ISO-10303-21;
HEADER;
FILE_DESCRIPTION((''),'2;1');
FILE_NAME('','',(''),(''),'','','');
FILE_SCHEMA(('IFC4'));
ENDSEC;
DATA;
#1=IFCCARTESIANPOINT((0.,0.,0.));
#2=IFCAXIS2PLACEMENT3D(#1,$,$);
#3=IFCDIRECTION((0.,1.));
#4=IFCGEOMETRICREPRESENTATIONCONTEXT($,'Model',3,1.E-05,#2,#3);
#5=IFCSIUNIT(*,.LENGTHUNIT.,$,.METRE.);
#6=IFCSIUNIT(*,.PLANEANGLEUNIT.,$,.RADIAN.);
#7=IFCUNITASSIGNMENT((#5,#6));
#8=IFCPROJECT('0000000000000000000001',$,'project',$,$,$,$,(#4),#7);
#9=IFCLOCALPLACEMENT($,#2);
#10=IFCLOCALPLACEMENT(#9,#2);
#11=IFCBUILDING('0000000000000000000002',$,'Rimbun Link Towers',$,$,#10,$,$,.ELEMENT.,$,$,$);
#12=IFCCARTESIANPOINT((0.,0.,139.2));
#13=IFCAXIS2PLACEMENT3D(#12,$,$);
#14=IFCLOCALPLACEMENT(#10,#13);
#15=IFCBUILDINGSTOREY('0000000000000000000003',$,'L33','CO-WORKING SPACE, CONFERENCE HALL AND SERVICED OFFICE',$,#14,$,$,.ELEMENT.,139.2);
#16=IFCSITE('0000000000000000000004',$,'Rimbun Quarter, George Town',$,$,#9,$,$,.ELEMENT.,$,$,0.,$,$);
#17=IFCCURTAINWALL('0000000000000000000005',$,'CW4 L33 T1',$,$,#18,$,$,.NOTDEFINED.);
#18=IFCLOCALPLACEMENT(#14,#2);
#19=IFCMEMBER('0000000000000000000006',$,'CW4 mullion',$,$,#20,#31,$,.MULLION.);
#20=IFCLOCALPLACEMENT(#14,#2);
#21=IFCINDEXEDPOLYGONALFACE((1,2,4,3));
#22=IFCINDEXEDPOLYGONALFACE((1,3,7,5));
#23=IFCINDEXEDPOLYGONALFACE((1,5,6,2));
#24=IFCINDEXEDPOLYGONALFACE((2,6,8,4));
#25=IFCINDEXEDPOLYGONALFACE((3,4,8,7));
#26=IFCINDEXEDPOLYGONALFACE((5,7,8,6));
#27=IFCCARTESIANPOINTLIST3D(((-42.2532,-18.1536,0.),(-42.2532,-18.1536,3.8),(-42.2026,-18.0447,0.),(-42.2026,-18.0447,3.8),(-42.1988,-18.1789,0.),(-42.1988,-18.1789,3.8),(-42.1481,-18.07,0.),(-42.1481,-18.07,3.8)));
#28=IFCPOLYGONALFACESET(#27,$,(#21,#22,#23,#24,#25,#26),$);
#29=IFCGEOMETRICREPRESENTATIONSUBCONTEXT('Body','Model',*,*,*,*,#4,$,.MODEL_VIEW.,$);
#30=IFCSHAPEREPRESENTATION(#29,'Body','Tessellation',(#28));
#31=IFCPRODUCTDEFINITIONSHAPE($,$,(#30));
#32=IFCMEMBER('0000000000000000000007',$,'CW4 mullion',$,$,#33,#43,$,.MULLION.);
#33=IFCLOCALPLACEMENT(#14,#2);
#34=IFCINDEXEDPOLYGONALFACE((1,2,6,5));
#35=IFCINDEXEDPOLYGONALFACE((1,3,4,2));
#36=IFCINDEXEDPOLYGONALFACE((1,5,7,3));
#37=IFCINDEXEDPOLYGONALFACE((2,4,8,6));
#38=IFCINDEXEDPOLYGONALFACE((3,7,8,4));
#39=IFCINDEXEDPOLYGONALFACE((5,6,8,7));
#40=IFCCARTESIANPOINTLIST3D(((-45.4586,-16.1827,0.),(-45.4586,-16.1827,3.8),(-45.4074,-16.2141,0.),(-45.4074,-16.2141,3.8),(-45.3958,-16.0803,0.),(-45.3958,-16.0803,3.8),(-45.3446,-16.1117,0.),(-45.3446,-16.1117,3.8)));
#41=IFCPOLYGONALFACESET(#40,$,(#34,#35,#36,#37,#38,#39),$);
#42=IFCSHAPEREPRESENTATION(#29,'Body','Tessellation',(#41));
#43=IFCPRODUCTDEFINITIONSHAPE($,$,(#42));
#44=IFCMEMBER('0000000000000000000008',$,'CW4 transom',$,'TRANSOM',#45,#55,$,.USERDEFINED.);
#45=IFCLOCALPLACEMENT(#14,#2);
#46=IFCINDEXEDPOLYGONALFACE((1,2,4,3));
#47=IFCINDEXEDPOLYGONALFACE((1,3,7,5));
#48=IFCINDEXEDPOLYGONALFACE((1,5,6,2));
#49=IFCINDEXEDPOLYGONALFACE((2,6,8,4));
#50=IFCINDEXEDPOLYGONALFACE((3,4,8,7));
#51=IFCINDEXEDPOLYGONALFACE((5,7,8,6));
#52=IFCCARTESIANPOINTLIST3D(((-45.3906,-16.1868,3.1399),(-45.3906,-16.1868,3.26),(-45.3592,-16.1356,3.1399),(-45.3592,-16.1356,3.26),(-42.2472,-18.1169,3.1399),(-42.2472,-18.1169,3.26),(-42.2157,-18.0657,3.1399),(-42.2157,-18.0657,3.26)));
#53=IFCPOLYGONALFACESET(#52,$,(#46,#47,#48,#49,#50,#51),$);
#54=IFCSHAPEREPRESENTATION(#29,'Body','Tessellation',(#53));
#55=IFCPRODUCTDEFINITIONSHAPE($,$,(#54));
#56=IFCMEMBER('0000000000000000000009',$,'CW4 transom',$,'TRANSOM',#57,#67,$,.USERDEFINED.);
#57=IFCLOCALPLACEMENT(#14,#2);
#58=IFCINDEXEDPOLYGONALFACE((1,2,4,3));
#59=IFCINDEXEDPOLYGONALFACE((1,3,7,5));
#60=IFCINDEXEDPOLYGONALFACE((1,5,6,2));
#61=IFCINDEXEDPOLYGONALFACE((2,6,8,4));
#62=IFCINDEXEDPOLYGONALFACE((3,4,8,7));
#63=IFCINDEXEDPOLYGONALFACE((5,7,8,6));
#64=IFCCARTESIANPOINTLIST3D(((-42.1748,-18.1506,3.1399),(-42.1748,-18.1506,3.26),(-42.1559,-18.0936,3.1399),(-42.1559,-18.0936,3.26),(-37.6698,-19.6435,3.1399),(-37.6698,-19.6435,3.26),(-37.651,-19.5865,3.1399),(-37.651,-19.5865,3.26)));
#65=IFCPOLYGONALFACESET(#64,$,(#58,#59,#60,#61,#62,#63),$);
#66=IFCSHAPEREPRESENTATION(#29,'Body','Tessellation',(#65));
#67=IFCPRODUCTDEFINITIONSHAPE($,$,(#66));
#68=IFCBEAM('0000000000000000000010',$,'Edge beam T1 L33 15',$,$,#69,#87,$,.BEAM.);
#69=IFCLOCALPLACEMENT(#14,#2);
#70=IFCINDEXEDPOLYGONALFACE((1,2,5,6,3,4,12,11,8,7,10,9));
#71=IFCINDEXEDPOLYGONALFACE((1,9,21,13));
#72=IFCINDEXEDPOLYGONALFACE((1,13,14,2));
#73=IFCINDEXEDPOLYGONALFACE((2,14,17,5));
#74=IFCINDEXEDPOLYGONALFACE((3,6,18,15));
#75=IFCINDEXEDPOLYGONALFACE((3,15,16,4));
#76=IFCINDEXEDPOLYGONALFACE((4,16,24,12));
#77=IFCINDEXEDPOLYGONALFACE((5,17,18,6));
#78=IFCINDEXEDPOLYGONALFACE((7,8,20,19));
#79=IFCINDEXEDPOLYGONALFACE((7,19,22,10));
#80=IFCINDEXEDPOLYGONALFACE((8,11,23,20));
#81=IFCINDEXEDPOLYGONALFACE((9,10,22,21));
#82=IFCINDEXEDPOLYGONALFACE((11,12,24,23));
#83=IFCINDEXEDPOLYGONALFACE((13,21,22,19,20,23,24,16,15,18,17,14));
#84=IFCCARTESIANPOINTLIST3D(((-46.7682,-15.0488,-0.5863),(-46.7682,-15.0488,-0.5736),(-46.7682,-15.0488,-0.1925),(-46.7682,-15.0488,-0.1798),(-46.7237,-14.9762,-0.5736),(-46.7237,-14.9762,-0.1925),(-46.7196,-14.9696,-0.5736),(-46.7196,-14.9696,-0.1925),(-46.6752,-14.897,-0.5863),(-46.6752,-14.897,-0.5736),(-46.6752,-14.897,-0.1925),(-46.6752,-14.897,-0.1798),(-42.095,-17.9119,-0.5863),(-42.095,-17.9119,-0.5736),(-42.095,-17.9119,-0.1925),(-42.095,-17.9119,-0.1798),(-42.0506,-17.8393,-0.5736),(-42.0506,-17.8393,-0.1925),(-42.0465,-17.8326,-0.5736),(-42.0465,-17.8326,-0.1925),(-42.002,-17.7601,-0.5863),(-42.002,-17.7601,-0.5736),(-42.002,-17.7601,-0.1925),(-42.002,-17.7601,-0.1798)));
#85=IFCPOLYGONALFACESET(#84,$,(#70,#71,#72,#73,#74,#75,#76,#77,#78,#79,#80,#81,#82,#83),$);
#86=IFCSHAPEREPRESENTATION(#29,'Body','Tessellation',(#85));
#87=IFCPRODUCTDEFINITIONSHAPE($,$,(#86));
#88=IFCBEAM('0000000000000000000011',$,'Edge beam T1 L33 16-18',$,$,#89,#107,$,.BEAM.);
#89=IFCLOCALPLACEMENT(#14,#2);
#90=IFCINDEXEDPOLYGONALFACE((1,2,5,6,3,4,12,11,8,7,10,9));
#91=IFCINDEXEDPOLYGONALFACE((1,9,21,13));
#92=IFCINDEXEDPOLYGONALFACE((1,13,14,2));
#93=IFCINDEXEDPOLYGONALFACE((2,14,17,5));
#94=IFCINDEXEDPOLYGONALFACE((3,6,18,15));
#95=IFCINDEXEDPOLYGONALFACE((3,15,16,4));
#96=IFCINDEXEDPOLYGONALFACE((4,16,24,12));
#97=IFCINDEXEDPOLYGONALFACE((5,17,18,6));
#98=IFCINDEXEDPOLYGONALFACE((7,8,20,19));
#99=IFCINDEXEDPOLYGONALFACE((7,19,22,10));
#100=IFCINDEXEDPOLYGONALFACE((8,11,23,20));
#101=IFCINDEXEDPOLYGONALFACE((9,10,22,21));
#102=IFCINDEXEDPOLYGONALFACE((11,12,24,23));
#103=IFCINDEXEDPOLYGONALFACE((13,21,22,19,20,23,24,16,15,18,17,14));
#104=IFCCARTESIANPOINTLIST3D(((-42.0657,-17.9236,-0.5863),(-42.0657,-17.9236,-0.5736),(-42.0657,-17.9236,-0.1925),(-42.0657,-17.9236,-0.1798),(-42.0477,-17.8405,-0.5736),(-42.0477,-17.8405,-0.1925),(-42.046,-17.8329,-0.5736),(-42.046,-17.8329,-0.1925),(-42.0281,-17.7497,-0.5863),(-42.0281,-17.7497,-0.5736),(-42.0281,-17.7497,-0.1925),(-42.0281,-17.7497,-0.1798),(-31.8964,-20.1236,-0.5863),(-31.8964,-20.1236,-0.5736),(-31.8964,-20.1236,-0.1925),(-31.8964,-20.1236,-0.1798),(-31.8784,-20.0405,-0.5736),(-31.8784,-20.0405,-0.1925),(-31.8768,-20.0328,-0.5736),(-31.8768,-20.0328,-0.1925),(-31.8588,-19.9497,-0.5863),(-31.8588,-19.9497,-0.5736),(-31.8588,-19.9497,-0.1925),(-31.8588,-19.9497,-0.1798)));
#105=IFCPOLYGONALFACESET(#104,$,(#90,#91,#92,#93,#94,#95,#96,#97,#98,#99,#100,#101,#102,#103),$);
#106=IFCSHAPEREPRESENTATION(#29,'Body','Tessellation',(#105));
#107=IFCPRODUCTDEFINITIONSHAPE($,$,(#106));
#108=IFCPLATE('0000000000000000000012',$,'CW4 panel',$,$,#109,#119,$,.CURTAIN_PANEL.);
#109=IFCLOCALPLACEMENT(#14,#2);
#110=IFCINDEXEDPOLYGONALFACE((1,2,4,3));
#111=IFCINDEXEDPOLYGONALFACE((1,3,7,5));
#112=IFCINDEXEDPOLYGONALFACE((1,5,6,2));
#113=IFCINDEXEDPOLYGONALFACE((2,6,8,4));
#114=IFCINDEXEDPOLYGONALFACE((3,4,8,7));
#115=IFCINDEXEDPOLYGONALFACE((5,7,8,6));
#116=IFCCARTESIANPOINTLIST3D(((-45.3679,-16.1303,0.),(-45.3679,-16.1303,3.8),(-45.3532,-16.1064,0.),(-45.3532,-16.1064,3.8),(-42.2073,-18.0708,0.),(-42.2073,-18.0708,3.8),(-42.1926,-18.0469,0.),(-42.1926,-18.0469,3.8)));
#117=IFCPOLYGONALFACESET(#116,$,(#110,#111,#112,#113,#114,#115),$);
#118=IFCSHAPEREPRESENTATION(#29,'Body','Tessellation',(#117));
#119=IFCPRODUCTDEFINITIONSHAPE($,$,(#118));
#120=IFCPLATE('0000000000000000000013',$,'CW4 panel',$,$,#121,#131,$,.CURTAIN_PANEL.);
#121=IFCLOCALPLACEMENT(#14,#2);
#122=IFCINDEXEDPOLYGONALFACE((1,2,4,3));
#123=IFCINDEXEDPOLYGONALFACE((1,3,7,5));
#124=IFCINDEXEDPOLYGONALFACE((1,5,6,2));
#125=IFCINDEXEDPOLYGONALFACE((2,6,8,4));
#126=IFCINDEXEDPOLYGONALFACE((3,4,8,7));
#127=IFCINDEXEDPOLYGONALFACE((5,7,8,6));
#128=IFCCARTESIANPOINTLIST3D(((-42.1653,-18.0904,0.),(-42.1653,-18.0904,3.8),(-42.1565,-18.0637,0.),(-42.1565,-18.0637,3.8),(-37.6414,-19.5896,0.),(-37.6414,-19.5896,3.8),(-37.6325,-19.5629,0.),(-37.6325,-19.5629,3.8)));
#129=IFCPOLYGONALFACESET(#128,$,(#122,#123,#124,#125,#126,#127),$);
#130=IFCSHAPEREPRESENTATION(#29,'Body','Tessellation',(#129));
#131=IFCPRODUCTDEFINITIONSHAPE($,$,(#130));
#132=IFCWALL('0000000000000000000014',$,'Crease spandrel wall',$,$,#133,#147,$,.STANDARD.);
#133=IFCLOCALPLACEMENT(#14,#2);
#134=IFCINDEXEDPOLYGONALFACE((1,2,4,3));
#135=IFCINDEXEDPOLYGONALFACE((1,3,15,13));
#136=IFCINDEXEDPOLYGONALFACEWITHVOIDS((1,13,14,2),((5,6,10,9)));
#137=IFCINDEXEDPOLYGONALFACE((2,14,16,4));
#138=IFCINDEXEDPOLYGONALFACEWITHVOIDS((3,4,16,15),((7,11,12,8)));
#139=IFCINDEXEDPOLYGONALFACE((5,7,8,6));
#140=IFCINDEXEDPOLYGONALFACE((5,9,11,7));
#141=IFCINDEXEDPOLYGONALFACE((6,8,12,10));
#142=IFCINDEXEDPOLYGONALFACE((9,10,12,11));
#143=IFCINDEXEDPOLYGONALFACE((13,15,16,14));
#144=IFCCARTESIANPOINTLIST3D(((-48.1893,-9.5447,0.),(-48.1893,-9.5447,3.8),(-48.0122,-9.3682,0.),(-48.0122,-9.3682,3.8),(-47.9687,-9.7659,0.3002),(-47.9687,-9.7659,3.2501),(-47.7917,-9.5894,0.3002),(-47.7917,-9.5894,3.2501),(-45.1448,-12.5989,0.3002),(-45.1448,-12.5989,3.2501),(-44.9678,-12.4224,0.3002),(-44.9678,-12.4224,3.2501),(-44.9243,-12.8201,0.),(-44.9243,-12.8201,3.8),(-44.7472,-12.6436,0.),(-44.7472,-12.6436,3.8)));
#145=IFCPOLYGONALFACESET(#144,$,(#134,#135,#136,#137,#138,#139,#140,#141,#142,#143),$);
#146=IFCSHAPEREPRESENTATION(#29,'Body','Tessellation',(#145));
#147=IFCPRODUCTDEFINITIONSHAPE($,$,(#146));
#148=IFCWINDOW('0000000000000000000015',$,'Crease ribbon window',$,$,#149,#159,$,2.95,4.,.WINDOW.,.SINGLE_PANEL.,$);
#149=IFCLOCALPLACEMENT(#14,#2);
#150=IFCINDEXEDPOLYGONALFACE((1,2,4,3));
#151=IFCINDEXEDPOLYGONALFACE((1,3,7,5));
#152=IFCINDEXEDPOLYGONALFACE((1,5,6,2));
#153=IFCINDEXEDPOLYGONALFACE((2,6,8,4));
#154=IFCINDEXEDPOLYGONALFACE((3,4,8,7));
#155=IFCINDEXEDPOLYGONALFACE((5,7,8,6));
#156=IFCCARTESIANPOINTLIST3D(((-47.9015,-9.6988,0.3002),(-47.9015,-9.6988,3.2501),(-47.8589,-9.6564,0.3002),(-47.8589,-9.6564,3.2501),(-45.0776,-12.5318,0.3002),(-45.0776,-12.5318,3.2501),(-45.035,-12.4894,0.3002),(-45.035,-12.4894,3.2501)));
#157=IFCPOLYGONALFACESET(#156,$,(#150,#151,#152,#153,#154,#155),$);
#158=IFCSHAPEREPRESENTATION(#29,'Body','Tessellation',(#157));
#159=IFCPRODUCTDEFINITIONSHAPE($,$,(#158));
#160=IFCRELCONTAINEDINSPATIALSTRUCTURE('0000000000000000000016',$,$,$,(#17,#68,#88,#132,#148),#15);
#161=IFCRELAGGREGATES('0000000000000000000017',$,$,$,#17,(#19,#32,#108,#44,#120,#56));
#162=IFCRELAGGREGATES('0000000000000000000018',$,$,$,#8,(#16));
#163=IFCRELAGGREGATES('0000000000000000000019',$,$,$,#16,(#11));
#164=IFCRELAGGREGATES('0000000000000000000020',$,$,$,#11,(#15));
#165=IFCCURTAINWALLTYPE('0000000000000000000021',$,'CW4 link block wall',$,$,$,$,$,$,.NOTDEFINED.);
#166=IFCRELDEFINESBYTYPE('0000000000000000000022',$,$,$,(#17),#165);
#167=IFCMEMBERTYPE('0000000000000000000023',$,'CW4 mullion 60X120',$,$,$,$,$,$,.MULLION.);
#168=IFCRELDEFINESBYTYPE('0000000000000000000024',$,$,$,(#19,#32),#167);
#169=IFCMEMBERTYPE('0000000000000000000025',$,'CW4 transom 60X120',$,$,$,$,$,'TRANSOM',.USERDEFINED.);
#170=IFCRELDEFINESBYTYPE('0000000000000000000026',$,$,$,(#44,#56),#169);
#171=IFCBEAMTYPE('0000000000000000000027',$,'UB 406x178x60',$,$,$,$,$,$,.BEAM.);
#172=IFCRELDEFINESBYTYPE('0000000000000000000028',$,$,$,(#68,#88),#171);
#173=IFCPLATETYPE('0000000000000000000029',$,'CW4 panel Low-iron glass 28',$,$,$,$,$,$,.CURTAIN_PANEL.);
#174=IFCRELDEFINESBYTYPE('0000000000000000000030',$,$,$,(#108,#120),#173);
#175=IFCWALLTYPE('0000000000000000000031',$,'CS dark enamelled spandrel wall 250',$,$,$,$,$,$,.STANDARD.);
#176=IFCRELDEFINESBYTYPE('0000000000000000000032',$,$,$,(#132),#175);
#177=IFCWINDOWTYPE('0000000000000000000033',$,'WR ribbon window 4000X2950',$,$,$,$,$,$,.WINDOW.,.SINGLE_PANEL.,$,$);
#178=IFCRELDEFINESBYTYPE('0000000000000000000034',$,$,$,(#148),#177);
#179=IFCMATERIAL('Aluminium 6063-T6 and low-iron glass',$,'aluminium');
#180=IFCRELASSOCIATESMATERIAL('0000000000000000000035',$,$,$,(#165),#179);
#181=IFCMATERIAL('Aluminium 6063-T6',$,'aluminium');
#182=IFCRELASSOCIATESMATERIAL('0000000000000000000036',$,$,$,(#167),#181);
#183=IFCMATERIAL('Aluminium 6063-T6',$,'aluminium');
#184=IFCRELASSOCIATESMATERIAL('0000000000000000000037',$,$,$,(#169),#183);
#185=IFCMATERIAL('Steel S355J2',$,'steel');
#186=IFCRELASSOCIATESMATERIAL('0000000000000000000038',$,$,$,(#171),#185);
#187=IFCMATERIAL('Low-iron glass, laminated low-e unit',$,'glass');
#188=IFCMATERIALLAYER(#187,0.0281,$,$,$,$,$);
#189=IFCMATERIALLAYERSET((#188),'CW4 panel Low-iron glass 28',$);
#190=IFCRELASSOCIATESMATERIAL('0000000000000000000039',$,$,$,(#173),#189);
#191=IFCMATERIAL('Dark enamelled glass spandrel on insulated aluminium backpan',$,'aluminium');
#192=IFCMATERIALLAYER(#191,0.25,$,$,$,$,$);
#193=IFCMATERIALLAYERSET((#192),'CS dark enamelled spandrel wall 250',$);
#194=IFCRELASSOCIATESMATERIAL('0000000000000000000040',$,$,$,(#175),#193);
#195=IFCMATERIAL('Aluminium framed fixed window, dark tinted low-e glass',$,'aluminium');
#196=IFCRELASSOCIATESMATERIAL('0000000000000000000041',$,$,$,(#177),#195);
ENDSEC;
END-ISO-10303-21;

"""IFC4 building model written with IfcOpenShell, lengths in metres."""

from ifc_helpers import new_model, si_unit, direction, frame, frame_2d, origin, origin_2d, place, context, subcontext, project, spatial, rectangle, i_section, extrude, material, layer, layer_set, material_profile, profile_set, type_object, element, fill, aggregate, save


model = new_model("IFC4")

# Units and contexts
model_context = context("Model", 3, precision=1e-05, world=origin(), true_north=direction((0.0, 1.0)))
body_context = subcontext(model_context, "Body", "Model", "MODEL_VIEW")
ifc_project = project(units=[si_unit("LENGTHUNIT", "METRE"), si_unit("PLANEANGLEUNIT", "RADIAN")], contexts=[model_context])

# Site, building, storey
site_placement = place(None, origin())
site = spatial("IfcSite", under=ifc_project, at=site_placement, Name="Rimbun Quarter, George Town", CompositionType="ELEMENT", RefElevation=0.0)
building_placement = place(site_placement, origin())
building = spatial("IfcBuilding", under=site, at=building_placement, Name="Rimbun Link Towers", CompositionType="ELEMENT")
storey_placement = place(building_placement, frame((0.0, 0.0, 139.2)))
storey = spatial("IfcBuildingStorey", under=building, at=storey_placement, Name="L33", Description="CO-WORKING SPACE, CONFERENCE HALL AND SERVICED OFFICE", CompositionType="ELEMENT", Elevation=139.2)

# Curtain wall, members
ifc_material_1 = material(Name="Aluminium 6063-T6 and low-iron glass", Category="aluminium")
curtain_wall_type = type_object("IfcCurtainWallType", Name="CW4 link block wall", PredefinedType="NOTDEFINED", material=ifc_material_1)
curtain_wall_placement = place(storey_placement, origin())
curtain_wall = element("IfcCurtainWall", 1, at=curtain_wall_placement, inside=storey, type_object=curtain_wall_type, Name="CW4 L33 T1", PredefinedType="NOTDEFINED")
ifc_material_2 = material(Name="Aluminium 6063-T6", Category="aluminium")
ifc_material_profile_1 = material_profile(ifc_material_2, rectangle(XDim=0.1201, YDim=0.0601, at=origin_2d()), Name="MULLION 60X120")
ifc_profile_set_1 = profile_set([ifc_material_profile_1], Name="Aluminium 6063-T6")
member_type_1 = type_object("IfcMemberType", Name="CW4 mullion 60X120", PredefinedType="MULLION", material=ifc_profile_set_1)
member_1_placement = place(storey_placement, frame((-42.2007, -18.1118, 0.0), z_axis=(0.0, 0.0, 1.0), x_axis=(-0.421697, -0.906737, 0.0)))
member_1 = element("IfcMember", 2, at=member_1_placement, type_object=member_type_1, Name="CW4 mullion", PredefinedType="MULLION", context=body_context, shape_type="SweptSolid", body=[
    extrude(rectangle(XDim=0.1201, YDim=0.0601, at=origin_2d()), origin(), (0.0, 0.0, 1.0), 3.8),
])
member_2_placement = place(storey_placement, frame((-45.4016, -16.1472, 0.0), z_axis=(0.0, 0.0, 1.0), x_axis=(-0.523225, -0.852194, 0.0)))
member_2 = element("IfcMember", 3, at=member_2_placement, type_object=member_type_1, Name="CW4 mullion", PredefinedType="MULLION", context=body_context, shape_type="SweptSolid", body=[
    extrude(rectangle(XDim=0.1201, YDim=0.0601, at=origin_2d()), origin(), (0.0, 0.0, 1.0), 3.8),
])
ifc_material_3 = material(Name="Aluminium 6063-T6", Category="aluminium")
ifc_material_profile_2 = material_profile(ifc_material_3, rectangle(XDim=0.0601, YDim=0.1201, at=origin_2d()), Name="TRANSOM 60X120")
ifc_profile_set_2 = profile_set([ifc_material_profile_2], Name="Aluminium 6063-T6")
member_type_2 = type_object("IfcMemberType", Name="CW4 transom 60X120", ElementType="TRANSOM", PredefinedType="USERDEFINED", material=ifc_profile_set_2)
member_3_placement = place(storey_placement, frame((-42.2314, -18.0913, 3.2), z_axis=(-0.852181, 0.523248, 0.0), x_axis=(-0.523248, -0.852181, 0.0)))
member_3 = element("IfcMember", 4, at=member_3_placement, type_object=member_type_2, Name="CW4 transom", ObjectType="TRANSOM", PredefinedType="USERDEFINED", context=body_context, shape_type="SweptSolid", body=[
    extrude(rectangle(XDim=0.0601, YDim=0.1201, at=origin_2d()), origin(), (0.0, 0.0, 1.0), 3.6887),
])
member_4_placement = place(storey_placement, frame((-37.6604, -19.615, 3.2), z_axis=(-0.949232, 0.314576, 0.0), x_axis=(-0.314576, -0.949232, 0.0)))
member_4 = element("IfcMember", 5, at=member_4_placement, type_object=member_type_2, Name="CW4 transom", ObjectType="TRANSOM", PredefinedType="USERDEFINED", context=body_context, shape_type="SweptSolid", body=[
    extrude(rectangle(XDim=0.0601, YDim=0.1201, at=origin_2d()), origin(), (0.0, 0.0, 1.0), 4.7458),
])

# Beams
ifc_material_4 = material(Name="Steel S355J2", Category="steel")
ifc_material_profile_3 = material_profile(ifc_material_4, i_section(OverallWidth=0.178, OverallDepth=0.4065, WebThickness=0.0078, FlangeThickness=0.0127, at=origin_2d()), Name="UB 406x178x60")
ifc_profile_set_3 = profile_set([ifc_material_profile_3], Name="Steel S355J2")
beam_type = type_object("IfcBeamType", Name="UB 406x178x60", PredefinedType="BEAM", material=ifc_profile_set_3)
beam_1_placement = place(storey_placement, frame((-46.7217, -14.9729, -0.3831), z_axis=(0.852692, -0.522414, 0.0), x_axis=(0.522414, 0.852692, 0.0)))
element("IfcBeam", 6, at=beam_1_placement, inside=storey, type_object=beam_type, Name="Edge beam T1 L33 15", PredefinedType="BEAM", context=body_context, shape_type="SweptSolid", body=[
    extrude(i_section(OverallWidth=0.178, OverallDepth=0.4065, WebThickness=0.0078, FlangeThickness=0.0127, at=origin_2d()), origin(), (0.0, 0.0, 1.0), 5.4805),
])
beam_2_placement = place(storey_placement, frame((-42.0469, -17.8367, -0.3831), z_axis=(0.97739, -0.211444, 0.0), x_axis=(0.211444, 0.97739, 0.0)))
element("IfcBeam", 7, at=beam_2_placement, inside=storey, type_object=beam_type, Name="Edge beam T1 L33 16-18", PredefinedType="BEAM", context=body_context, shape_type="SweptSolid", body=[
    extrude(i_section(OverallWidth=0.178, OverallDepth=0.4065, WebThickness=0.0078, FlangeThickness=0.0127, at=origin_2d()), origin(), (0.0, 0.0, 1.0), 10.4045),
])

# Plates
ifc_material_5 = material(Name="Low-iron glass, laminated low-e unit", Category="glass")
ifc_layer_1 = layer(ifc_material_5, 0.0281)
ifc_layer_set_1 = layer_set([ifc_layer_1], Name="CW4 panel Low-iron glass 28")
plate_type = type_object("IfcPlateType", Name="CW4 panel Low-iron glass 28", PredefinedType="CURTAIN_PANEL", material=ifc_layer_set_1)
plate_1_placement = place(storey_placement, frame((-43.7803, -17.0886, 0.0), z_axis=(0.0, 0.0, 1.0), x_axis=(-0.852194, 0.523225, 0.0)))
plate_1 = element("IfcPlate", 8, at=plate_1_placement, type_object=plate_type, Name="CW4 panel", PredefinedType="CURTAIN_PANEL", context=body_context, shape_type="SweptSolid", body=[
    extrude(rectangle(XDim=3.7087, YDim=0.0281, at=origin_2d()), origin(), (0.0, 0.0, 1.0), 3.8),
])
plate_2_placement = place(storey_placement, frame((-39.8989, -18.8267, 0.0), z_axis=(0.0, 0.0, 1.0), x_axis=(-0.949235, 0.314568, 0.0)))
plate_2 = element("IfcPlate", 9, at=plate_2_placement, type_object=plate_type, Name="CW4 panel", PredefinedType="CURTAIN_PANEL", context=body_context, shape_type="SweptSolid", body=[
    extrude(rectangle(XDim=4.7659, YDim=0.0281, at=origin_2d()), origin(), (0.0, 0.0, 1.0), 3.8),
])
aggregate(curtain_wall, [member_1, member_2, plate_1, member_3, plate_2, member_4])

# Wall, opening, window
ifc_material_6 = material(Name="Dark enamelled glass spandrel on insulated aluminium backpan", Category="aluminium")
ifc_layer_2 = layer(ifc_material_6, 0.25)
ifc_layer_set_2 = layer_set([ifc_layer_2], Name="CS dark enamelled spandrel wall 250")
wall_type_1 = type_object("IfcWallType", Name="CS dark enamelled spandrel wall 250", PredefinedType="STANDARD", material=ifc_layer_set_2)
wall_1_placement = place(storey_placement, frame((-44.8357, -12.7319, 0.0), z_axis=(0.0, 0.0, 1.0), x_axis=(-0.705971, 0.708241, 0.0)))
wall_1 = element("IfcWall", 10, at=wall_1_placement, inside=storey, type_object=wall_type_1, Name="Crease spandrel wall", PredefinedType="STANDARD", context=body_context, shape_type="SweptSolid", body=[
    extrude(rectangle(XDim=4.6248, YDim=0.25, at=frame_2d((2.3125, 0.0))), origin(), (0.0, 0.0, 1.0), 3.8),
])
opening_1_placement = place(wall_1_placement, frame((0.3125, 0.0, 0.3)))
opening_1 = element("IfcOpeningElement", 11, at=opening_1_placement, cuts=wall_1, PredefinedType="OPENING", context=body_context, shape_type="SweptSolid", body=[
    extrude(rectangle(XDim=4.0, YDim=2.95, at=frame_2d((2.0, 1.4751))), frame((0.0, 0.135, 0.0), z_axis=(0.0, -1.0, 0.0), x_axis=(1.0, 0.0, 0.0)), (0.0, 0.0, 1.0), 0.27),
])
ifc_material_7 = material(Name="Aluminium framed fixed window, dark tinted low-e glass", Category="aluminium")
window_type_1 = type_object("IfcWindowType", Name="WR ribbon window 4000X2950", PartitioningType="SINGLE_PANEL", PredefinedType="WINDOW", material=ifc_material_7)
window_1_placement = place(opening_1_placement, origin())
window_1 = element("IfcWindow", 12, at=window_1_placement, inside=storey, type_object=window_type_1, Name="Crease ribbon window", OverallHeight=2.95, OverallWidth=4.0, PartitioningType="SINGLE_PANEL", PredefinedType="WINDOW", context=body_context, shape_type="SweptSolid", body=[
    extrude(rectangle(XDim=4.0, YDim=2.95, at=frame_2d((2.0, 1.4751))), frame((0.0, 0.03, 0.0), z_axis=(0.0, -1.0, 0.0), x_axis=(1.0, 0.0, 0.0)), (0.0, 0.0, 1.0), 0.0601),
])
fill(opening_1, window_1)

save(model, "model.ifc")
